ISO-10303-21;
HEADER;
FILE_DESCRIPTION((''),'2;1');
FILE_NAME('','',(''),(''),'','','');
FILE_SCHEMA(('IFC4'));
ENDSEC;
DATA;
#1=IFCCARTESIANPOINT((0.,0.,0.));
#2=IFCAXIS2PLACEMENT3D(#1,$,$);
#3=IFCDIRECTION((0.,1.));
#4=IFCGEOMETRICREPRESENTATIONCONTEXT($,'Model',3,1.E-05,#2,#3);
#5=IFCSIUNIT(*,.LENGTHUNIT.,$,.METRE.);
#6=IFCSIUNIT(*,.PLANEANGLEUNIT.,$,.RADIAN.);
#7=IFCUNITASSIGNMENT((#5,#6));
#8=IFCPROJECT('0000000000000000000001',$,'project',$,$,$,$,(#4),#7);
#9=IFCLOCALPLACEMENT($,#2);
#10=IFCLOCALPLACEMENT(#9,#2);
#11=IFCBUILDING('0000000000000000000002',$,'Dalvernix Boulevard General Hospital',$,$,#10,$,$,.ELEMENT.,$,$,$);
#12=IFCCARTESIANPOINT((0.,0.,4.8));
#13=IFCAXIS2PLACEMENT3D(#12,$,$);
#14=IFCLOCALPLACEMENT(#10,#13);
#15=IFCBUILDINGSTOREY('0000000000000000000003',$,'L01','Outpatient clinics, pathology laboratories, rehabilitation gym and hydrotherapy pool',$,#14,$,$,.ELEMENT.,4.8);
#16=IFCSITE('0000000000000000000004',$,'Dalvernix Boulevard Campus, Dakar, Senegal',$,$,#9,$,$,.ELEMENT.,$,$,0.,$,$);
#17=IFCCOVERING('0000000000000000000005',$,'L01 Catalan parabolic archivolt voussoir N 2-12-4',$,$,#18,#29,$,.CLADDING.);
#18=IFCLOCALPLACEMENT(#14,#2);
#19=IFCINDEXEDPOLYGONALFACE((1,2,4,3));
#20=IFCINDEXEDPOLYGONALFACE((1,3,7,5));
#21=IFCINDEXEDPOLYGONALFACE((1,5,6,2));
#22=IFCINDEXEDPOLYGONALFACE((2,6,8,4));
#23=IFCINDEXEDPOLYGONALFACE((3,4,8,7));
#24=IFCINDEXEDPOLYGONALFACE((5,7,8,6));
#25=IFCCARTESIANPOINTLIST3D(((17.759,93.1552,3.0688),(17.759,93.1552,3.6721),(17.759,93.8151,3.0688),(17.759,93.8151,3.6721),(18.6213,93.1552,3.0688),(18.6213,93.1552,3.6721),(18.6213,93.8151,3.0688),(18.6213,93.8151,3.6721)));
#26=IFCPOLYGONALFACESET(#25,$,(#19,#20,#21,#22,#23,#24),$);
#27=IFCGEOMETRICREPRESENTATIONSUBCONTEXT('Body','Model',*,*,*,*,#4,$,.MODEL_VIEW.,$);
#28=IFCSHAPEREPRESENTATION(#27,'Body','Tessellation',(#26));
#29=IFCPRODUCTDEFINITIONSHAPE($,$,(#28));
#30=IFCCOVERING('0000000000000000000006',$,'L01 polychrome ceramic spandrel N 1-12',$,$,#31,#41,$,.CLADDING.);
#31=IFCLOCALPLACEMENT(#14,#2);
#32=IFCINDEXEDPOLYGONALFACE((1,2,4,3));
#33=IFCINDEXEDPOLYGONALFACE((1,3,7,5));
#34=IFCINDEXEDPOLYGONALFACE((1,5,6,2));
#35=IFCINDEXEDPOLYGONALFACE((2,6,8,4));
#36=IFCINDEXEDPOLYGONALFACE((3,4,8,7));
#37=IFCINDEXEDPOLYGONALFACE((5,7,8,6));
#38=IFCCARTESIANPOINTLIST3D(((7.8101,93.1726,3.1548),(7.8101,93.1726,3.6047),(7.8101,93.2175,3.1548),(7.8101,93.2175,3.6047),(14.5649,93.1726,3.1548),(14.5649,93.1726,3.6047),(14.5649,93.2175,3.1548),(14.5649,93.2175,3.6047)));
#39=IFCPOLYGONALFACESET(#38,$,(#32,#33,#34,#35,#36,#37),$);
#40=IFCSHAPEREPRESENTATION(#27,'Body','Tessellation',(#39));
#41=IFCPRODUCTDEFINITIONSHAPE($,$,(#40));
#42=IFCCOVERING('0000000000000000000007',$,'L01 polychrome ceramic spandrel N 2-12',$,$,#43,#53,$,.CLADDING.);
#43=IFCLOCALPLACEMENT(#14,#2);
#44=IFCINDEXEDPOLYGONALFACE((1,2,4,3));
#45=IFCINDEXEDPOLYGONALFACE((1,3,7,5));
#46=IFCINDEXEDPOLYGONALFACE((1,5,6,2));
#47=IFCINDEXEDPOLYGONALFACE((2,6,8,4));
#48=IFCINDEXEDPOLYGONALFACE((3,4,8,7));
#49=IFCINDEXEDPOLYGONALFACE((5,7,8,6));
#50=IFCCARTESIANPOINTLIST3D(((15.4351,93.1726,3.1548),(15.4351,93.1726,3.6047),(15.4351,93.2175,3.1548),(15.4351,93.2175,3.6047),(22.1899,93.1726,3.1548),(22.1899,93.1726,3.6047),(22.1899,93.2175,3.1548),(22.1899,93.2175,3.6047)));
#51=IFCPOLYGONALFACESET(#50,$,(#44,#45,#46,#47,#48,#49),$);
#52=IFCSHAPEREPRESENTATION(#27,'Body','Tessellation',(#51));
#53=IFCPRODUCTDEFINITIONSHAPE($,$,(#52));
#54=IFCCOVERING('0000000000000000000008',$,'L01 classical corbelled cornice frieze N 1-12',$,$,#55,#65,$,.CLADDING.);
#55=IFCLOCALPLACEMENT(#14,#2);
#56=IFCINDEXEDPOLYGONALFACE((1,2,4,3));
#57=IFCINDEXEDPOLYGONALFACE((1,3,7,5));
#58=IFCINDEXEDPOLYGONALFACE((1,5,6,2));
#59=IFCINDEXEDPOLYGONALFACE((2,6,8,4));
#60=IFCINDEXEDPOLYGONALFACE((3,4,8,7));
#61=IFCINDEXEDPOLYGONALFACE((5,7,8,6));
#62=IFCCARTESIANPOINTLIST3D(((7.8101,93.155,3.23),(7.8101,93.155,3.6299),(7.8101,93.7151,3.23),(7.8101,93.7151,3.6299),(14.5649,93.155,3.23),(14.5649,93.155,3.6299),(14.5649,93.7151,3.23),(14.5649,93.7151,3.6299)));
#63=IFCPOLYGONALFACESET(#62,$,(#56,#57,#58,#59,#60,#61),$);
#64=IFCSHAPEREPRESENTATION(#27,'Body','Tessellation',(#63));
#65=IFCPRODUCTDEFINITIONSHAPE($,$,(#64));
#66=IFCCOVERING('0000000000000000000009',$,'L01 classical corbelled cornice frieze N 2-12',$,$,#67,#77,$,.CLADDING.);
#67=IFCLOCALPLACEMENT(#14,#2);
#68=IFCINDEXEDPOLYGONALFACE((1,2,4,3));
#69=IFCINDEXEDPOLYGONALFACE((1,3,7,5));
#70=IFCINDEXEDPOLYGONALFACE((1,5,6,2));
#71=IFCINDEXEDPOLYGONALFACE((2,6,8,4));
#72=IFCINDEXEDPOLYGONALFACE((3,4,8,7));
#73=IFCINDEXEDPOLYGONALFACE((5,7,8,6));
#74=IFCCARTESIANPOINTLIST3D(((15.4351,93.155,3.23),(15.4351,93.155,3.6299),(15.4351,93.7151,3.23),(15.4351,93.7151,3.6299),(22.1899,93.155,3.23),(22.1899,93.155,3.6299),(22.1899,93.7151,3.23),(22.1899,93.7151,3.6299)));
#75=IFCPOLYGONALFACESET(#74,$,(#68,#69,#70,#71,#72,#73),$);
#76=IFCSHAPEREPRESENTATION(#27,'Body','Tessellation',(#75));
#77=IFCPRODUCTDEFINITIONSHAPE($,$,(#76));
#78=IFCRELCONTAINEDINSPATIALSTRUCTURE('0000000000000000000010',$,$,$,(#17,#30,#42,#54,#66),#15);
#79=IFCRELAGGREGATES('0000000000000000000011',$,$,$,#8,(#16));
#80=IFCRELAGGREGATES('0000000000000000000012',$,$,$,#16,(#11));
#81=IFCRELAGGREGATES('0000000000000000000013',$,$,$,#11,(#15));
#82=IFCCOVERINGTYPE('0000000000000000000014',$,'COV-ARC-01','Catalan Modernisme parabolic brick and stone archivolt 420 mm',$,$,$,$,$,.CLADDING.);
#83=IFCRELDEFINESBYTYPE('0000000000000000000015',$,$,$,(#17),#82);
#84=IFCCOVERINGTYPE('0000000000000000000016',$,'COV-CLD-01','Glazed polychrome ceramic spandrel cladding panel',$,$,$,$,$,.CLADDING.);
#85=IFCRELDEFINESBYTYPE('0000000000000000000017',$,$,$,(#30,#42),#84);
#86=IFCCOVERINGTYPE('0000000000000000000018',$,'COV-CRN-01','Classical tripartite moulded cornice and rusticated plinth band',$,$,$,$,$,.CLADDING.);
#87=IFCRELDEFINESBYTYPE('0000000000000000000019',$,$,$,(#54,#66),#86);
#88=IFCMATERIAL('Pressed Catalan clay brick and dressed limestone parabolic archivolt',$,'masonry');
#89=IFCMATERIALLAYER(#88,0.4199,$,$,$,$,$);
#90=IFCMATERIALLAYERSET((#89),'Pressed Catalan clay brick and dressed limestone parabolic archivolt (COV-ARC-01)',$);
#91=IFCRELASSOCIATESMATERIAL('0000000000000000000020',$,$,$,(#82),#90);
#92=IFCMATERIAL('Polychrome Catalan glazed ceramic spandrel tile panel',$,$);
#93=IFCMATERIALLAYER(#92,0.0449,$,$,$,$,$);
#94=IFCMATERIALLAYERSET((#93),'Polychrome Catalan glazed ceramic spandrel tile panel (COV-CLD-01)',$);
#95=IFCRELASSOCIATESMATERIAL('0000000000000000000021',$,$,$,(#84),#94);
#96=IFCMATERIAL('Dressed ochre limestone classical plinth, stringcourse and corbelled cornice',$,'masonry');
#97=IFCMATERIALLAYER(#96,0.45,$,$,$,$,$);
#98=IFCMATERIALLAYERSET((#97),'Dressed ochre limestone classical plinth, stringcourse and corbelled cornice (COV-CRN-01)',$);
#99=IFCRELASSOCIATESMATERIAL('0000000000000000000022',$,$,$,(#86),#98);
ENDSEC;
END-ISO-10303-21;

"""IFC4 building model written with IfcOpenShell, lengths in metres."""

from ifc_helpers import new_model, si_unit, direction, frame, origin, origin_2d, place, context, subcontext, project, spatial, rectangle, extrude, material, layer, layer_set, type_object, element, save


model = new_model("IFC4")

# Units and contexts
model_context = context("Model", 3, precision=1e-05, world=origin(), true_north=direction((0.0, 1.0)))
body_context = subcontext(model_context, "Body", "Model", "MODEL_VIEW")
ifc_project = project(units=[si_unit("LENGTHUNIT", "METRE"), si_unit("PLANEANGLEUNIT", "RADIAN")], contexts=[model_context])

# Site, building, storey
site_placement = place(None, origin())
site = spatial("IfcSite", under=ifc_project, at=site_placement, Name="Dalvernix Boulevard Campus, Dakar, Senegal", CompositionType="ELEMENT", RefElevation=0.0)
building_placement = place(site_placement, origin())
building = spatial("IfcBuilding", under=site, at=building_placement, Name="Dalvernix Boulevard General Hospital", CompositionType="ELEMENT")
storey_placement = place(building_placement, frame((0.0, 0.0, 4.8)))
storey = spatial("IfcBuildingStorey", under=building, at=storey_placement, Name="L01", Description="Outpatient clinics, pathology laboratories, rehabilitation gym and hydrotherapy pool", CompositionType="ELEMENT", Elevation=4.8)

# Coverings
ifc_material_1 = material(Name="Pressed Catalan clay brick and dressed limestone parabolic archivolt", Category="masonry")
ifc_layer_1 = layer(ifc_material_1, 0.4199)
ifc_layer_set_1 = layer_set([ifc_layer_1], Name="Pressed Catalan clay brick and dressed limestone parabolic archivolt (COV-ARC-01)")
covering_type_1 = type_object("IfcCoveringType", Name="COV-ARC-01", Description="Catalan Modernisme parabolic brick and stone archivolt 420 mm", PredefinedType="CLADDING", material=ifc_layer_set_1)
covering_1_placement = place(storey_placement, frame((18.1902, 93.4851, 3.0688), z_axis=(0.0, 0.0, 1.0), x_axis=(1.0, 0.0, 0.0)))
element("IfcCovering", 1, at=covering_1_placement, inside=storey, type_object=covering_type_1, Name="L01 Catalan parabolic archivolt voussoir N 2-12-4", PredefinedType="CLADDING", context=body_context, shape_type="SweptSolid", body=[
    extrude(rectangle(XDim=0.8623, YDim=0.6599, at=origin_2d()), origin(), (0.0, 0.0, 1.0), 0.6033),
])
ifc_material_2 = material(Name="Polychrome Catalan glazed ceramic spandrel tile panel")
ifc_layer_2 = layer(ifc_material_2, 0.0449)
ifc_layer_set_2 = layer_set([ifc_layer_2], Name="Polychrome Catalan glazed ceramic spandrel tile panel (COV-CLD-01)")
covering_type_2 = type_object("IfcCoveringType", Name="COV-CLD-01", Description="Glazed polychrome ceramic spandrel cladding panel", PredefinedType="CLADDING", material=ifc_layer_set_2)
for number, where, z_axis, x_axis, name in (
    (2, (11.1875, 93.1951, 3.1548), (0.0, 0.0, 1.0), (1.0, 0.0, 0.0), "L01 polychrome ceramic spandrel N 1-12"),
    (3, (18.8125, 93.1951, 3.1548), (0.0, 0.0, 1.0), (1.0, 0.0, 0.0), "L01 polychrome ceramic spandrel N 2-12"),
):
    element("IfcCovering", number, at=place(storey_placement, frame(where, z_axis=z_axis, x_axis=x_axis)), inside=storey, type_object=covering_type_2, Name=name, PredefinedType="CLADDING", context=body_context, shape_type="SweptSolid", body=[
        extrude(rectangle(XDim=6.7549, YDim=0.0449, at=origin_2d()), origin(), (0.0, 0.0, 1.0), 0.45),
    ])
ifc_material_3 = material(Name="Dressed ochre limestone classical plinth, stringcourse and corbelled cornice", Category="masonry")
ifc_layer_3 = layer(ifc_material_3, 0.45)
ifc_layer_set_3 = layer_set([ifc_layer_3], Name="Dressed ochre limestone classical plinth, stringcourse and corbelled cornice (COV-CRN-01)")
covering_type_3 = type_object("IfcCoveringType", Name="COV-CRN-01", Description="Classical tripartite moulded cornice and rusticated plinth band", PredefinedType="CLADDING", material=ifc_layer_set_3)
for number, where, z_axis, x_axis, name in (
    (4, (11.1875, 93.4351, 3.23), (0.0, 0.0, 1.0), (1.0, 0.0, 0.0), "L01 classical corbelled cornice frieze N 1-12"),
    (5, (18.8125, 93.4351, 3.23), (0.0, 0.0, 1.0), (1.0, 0.0, 0.0), "L01 classical corbelled cornice frieze N 2-12"),
):
    element("IfcCovering", number, at=place(storey_placement, frame(where, z_axis=z_axis, x_axis=x_axis)), inside=storey, type_object=covering_type_3, Name=name, PredefinedType="CLADDING", context=body_context, shape_type="SweptSolid", body=[
        extrude(rectangle(XDim=6.7549, YDim=0.5601, at=origin_2d()), origin(), (0.0, 0.0, 1.0), 0.3999),
    ])

save(model, "model.ifc")
